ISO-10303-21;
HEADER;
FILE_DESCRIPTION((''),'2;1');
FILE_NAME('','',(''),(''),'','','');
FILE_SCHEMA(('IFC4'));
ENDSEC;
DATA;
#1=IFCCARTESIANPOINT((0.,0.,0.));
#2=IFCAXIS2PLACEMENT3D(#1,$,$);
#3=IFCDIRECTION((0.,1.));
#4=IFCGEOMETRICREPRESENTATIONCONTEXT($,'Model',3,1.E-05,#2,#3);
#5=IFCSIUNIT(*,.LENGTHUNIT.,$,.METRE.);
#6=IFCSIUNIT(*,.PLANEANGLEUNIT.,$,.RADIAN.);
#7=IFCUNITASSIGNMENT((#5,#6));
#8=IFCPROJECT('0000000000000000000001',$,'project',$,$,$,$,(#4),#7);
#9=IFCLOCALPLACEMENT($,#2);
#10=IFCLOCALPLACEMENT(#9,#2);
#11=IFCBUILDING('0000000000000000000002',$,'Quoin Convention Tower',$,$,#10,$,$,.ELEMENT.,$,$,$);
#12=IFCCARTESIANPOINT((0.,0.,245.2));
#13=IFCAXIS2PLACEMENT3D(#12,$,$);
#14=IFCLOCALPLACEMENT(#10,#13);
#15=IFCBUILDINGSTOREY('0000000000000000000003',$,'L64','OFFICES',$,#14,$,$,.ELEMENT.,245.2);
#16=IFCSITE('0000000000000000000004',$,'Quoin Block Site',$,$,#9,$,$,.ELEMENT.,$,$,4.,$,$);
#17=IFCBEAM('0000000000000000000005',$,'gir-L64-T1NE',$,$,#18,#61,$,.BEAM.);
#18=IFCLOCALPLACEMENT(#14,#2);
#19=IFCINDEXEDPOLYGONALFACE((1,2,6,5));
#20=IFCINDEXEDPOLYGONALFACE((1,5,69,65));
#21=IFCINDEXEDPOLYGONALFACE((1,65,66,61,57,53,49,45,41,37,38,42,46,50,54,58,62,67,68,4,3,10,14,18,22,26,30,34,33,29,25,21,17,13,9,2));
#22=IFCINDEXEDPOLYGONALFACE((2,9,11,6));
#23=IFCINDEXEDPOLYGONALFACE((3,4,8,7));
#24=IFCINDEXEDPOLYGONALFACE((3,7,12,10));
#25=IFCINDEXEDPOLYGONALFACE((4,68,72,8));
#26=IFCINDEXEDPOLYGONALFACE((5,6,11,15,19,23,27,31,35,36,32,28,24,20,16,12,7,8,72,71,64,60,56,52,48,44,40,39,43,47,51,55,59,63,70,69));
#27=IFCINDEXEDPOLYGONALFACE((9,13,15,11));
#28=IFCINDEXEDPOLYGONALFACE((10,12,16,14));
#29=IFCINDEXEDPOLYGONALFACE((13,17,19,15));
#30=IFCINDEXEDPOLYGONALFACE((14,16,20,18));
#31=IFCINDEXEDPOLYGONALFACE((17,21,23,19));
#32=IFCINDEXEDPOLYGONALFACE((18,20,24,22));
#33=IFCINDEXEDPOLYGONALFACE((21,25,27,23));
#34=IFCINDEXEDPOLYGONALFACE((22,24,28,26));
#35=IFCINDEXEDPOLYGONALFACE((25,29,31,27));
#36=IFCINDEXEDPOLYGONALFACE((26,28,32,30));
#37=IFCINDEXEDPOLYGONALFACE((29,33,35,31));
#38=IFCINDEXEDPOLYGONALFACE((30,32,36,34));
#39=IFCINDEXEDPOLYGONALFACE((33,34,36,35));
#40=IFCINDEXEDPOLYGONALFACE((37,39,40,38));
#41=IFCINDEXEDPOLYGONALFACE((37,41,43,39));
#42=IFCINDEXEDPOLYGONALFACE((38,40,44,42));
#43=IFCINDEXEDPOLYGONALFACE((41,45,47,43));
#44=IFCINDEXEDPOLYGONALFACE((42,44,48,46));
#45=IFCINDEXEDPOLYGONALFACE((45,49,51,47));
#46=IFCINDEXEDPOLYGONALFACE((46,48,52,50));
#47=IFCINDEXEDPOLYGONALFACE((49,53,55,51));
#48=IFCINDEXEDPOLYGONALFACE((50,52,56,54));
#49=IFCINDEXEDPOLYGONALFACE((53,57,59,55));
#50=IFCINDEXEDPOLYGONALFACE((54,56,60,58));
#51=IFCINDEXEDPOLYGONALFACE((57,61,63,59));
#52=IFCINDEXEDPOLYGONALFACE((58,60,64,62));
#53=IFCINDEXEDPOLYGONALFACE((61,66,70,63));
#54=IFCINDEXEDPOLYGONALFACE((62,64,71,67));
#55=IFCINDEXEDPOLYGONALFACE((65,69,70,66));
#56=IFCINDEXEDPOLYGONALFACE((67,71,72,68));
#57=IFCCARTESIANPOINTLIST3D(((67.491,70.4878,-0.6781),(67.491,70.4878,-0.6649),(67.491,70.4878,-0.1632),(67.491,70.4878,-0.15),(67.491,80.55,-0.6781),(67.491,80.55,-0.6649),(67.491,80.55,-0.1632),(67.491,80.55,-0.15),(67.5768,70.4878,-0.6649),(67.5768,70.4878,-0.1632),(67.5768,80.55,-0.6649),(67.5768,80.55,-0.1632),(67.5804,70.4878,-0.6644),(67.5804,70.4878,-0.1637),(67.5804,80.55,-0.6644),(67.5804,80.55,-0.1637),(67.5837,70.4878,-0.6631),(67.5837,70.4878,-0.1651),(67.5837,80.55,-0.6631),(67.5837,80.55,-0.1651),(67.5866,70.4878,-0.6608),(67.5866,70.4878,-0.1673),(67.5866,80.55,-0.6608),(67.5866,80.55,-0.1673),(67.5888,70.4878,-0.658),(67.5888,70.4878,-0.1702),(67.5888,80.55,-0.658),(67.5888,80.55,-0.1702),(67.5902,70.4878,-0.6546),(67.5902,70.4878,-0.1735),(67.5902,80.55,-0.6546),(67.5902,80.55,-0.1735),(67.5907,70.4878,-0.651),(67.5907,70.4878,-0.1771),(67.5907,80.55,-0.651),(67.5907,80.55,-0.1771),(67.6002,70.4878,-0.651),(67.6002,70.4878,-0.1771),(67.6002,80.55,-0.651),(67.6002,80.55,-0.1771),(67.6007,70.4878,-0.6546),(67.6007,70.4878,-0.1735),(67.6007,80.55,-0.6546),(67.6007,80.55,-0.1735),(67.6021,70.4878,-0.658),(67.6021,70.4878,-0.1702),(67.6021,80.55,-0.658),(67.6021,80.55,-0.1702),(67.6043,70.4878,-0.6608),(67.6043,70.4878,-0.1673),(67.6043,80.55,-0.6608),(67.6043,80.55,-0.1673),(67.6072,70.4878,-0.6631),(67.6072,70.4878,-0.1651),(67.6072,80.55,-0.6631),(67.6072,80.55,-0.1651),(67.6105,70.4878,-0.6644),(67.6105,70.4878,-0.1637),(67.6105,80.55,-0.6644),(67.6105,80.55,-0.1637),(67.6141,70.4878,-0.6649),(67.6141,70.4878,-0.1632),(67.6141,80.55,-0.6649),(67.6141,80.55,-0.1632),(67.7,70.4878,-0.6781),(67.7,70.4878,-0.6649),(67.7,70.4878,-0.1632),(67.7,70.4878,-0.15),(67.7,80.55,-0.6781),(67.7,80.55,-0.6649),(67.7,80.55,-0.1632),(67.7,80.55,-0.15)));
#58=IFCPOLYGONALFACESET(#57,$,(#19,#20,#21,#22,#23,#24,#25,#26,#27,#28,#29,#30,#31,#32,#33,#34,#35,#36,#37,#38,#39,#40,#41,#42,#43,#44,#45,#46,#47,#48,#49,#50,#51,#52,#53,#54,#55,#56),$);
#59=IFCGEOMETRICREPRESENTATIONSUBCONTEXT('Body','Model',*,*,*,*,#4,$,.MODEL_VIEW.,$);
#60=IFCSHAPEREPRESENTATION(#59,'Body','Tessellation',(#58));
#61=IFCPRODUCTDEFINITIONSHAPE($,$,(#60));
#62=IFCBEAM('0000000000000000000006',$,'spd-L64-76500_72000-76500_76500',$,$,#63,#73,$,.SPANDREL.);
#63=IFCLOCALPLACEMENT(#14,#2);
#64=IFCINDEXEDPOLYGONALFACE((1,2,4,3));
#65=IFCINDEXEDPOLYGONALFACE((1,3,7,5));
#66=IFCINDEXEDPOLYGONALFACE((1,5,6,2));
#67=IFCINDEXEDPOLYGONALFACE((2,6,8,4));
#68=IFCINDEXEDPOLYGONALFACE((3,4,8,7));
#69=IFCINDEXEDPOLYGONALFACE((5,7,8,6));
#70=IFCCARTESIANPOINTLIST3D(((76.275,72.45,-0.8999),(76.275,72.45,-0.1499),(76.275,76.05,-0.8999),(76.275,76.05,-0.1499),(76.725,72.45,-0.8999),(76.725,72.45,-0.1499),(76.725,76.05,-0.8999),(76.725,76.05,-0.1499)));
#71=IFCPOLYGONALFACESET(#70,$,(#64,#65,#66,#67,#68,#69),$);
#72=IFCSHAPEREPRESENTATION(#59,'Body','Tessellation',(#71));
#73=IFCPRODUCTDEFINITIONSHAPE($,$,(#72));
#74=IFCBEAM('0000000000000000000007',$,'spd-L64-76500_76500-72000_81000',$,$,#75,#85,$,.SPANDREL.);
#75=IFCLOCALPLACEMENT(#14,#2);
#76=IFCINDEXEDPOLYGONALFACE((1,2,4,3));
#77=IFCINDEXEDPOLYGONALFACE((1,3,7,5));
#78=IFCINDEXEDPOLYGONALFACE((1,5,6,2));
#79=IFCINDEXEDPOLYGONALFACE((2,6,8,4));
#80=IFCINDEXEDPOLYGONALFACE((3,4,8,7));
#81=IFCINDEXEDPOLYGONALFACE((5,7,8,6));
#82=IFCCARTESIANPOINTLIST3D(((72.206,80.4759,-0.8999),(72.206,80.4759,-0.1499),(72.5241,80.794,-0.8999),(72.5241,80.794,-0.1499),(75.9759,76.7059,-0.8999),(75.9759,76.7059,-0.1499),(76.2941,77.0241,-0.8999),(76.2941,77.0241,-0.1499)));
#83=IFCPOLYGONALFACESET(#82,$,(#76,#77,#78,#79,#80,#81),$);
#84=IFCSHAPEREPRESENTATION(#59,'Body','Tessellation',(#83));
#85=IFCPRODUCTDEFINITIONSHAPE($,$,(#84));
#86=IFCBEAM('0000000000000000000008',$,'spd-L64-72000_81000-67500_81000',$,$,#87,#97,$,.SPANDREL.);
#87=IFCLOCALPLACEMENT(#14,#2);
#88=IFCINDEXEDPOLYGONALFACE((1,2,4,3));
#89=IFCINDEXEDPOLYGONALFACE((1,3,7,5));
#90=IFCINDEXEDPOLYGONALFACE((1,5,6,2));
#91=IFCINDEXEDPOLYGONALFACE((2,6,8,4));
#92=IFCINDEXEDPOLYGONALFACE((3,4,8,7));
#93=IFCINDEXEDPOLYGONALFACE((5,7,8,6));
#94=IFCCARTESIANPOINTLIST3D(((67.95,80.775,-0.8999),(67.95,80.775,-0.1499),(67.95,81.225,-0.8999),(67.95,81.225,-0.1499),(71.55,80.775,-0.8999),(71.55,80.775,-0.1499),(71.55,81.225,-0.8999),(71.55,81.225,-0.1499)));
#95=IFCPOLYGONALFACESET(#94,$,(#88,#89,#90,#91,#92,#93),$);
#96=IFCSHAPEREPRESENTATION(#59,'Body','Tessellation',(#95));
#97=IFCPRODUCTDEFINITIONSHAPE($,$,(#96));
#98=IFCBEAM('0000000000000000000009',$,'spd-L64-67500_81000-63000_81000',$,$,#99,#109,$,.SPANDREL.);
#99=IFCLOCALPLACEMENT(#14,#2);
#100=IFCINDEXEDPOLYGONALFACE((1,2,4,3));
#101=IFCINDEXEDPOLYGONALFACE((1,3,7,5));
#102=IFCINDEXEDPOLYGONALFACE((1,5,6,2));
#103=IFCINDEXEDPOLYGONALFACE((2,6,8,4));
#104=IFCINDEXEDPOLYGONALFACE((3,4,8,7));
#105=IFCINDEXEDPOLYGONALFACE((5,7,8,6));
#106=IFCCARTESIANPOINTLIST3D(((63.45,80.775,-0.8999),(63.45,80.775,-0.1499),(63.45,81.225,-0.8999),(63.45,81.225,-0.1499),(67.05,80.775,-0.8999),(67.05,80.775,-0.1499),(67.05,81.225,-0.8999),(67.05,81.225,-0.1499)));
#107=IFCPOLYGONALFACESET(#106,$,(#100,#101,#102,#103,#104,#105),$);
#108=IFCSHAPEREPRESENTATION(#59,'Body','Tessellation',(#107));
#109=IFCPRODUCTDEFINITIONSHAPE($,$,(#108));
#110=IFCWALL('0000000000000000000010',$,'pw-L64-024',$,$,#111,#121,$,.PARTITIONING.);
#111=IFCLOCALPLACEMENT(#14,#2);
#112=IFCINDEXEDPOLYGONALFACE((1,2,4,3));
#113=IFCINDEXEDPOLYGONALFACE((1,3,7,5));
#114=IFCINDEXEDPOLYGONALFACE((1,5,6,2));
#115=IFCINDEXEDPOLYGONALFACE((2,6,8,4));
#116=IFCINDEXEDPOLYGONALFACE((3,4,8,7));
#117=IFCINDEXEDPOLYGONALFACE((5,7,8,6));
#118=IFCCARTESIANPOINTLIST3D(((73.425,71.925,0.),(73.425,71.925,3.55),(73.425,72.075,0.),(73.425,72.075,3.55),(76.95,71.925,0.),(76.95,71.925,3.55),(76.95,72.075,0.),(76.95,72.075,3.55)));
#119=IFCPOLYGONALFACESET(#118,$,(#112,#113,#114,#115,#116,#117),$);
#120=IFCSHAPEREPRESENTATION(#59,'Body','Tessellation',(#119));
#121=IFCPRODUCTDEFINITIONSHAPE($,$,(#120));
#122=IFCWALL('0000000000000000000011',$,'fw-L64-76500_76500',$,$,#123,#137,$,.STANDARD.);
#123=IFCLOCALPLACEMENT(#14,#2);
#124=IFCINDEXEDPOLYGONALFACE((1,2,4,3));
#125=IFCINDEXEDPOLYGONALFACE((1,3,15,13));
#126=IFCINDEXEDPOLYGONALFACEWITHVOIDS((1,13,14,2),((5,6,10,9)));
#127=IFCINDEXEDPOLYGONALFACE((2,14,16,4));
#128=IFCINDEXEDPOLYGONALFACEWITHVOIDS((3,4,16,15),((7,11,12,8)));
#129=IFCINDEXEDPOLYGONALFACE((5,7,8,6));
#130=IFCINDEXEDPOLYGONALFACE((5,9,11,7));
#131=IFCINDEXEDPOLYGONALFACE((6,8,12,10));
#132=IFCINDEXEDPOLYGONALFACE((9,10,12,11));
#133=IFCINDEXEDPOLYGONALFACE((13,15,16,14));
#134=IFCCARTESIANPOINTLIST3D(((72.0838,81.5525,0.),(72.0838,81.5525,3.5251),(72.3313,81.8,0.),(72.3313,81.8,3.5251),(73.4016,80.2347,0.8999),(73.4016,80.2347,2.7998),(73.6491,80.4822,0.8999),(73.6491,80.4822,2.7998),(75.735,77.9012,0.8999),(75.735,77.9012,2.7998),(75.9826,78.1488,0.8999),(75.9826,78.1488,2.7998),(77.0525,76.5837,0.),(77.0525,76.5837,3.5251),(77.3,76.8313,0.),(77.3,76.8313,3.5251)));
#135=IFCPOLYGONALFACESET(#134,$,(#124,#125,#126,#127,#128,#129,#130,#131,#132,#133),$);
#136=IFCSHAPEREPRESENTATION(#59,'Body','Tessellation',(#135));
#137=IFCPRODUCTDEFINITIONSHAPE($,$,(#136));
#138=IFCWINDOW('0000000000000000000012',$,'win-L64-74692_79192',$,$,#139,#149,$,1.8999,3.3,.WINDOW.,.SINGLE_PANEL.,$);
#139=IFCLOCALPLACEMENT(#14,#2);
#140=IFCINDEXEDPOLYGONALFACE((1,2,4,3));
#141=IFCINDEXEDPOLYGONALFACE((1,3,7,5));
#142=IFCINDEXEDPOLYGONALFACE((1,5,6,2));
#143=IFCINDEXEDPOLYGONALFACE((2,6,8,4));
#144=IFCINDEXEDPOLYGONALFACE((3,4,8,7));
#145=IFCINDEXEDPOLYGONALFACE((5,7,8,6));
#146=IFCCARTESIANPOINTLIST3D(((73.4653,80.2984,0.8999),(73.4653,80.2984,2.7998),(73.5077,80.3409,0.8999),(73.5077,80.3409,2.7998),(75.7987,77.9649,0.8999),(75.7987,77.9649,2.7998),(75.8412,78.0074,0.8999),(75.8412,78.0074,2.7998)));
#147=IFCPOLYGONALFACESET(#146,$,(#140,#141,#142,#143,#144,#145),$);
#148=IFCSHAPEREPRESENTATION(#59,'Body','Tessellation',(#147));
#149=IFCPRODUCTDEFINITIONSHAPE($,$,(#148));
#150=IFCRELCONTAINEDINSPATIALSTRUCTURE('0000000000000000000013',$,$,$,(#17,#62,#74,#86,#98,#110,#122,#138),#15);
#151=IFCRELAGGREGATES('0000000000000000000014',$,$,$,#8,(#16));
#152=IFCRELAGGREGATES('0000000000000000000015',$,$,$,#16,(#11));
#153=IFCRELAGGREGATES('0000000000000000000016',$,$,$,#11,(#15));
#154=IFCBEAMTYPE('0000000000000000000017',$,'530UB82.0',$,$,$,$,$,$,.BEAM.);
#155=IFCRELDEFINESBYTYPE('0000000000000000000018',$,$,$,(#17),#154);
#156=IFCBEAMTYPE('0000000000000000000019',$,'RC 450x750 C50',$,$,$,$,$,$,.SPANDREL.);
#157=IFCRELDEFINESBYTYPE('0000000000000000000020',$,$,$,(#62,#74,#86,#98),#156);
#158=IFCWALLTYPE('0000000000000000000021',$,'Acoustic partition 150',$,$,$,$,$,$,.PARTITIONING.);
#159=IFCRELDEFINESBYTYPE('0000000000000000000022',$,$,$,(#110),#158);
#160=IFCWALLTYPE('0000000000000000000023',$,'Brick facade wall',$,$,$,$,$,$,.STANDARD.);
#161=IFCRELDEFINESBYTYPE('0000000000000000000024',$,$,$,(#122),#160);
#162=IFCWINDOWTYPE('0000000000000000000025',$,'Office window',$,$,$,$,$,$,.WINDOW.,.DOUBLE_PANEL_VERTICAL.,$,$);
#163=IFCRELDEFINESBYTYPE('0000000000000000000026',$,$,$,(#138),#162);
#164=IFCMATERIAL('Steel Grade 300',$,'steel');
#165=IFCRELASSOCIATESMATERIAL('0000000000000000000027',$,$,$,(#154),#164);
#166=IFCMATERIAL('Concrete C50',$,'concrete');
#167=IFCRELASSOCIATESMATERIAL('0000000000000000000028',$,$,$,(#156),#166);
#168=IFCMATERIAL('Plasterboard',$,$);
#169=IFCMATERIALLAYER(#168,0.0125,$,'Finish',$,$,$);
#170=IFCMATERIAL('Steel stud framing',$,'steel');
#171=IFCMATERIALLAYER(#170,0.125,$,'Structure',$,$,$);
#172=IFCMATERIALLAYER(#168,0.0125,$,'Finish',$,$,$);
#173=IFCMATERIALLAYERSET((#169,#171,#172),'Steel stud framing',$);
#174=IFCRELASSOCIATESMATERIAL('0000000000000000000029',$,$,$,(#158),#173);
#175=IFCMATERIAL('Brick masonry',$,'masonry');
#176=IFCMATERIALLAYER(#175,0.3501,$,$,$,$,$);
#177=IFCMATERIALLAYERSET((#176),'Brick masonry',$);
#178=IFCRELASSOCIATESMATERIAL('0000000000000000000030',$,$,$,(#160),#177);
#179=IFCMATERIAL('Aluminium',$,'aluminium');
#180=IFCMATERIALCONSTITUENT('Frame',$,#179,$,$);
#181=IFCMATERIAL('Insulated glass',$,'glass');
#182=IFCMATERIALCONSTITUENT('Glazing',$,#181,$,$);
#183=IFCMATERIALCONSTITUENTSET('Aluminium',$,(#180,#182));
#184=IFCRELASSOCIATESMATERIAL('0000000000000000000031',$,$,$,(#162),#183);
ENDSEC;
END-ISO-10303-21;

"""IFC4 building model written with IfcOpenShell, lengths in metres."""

from ifc_helpers import new_model, si_unit, direction, frame, frame_2d, origin, origin_2d, place, context, subcontext, project, spatial, rectangle, i_section, extrude, material, layer, layer_set, constituent, constituent_set, material_profile, profile_set, type_object, element, fill, save


model = new_model("IFC4")

# Units and contexts
model_context = context("Model", 3, precision=1e-05, world=origin(), true_north=direction((0.0, 1.0)))
body_context = subcontext(model_context, "Body", "Model", "MODEL_VIEW")
ifc_project = project(units=[si_unit("LENGTHUNIT", "METRE"), si_unit("PLANEANGLEUNIT", "RADIAN")], contexts=[model_context])

# Site, building, storey
site_placement = place(None, origin())
site = spatial("IfcSite", under=ifc_project, at=site_placement, Name="Quoin Block Site", CompositionType="ELEMENT", RefElevation=4.0)
building_placement = place(site_placement, origin())
building = spatial("IfcBuilding", under=site, at=building_placement, Name="Quoin Convention Tower", CompositionType="ELEMENT")
storey_placement = place(building_placement, frame((0.0, 0.0, 245.2)))
storey = spatial("IfcBuildingStorey", under=building, at=storey_placement, Name="L64", Description="OFFICES", CompositionType="ELEMENT", Elevation=245.2)

# Shared definitions
ifc_material_1 = material(Name="Concrete C50", Category="concrete")

# Beams
ifc_material_2 = material(Name="Steel Grade 300", Category="steel")
ifc_material_profile_1 = material_profile(ifc_material_2, i_section(OverallWidth=0.209, OverallDepth=0.5281, WebThickness=0.0095, FlangeThickness=0.0132, FilletRadius=0.0139, at=origin_2d()), Name="530UB82.0")
ifc_profile_set_1 = profile_set([ifc_material_profile_1], Name="Steel Grade 300")
beam_type_1 = type_object("IfcBeamType", Name="530UB82.0", PredefinedType="BEAM", material=ifc_profile_set_1)
beam_1_placement = place(storey_placement, frame((67.5955, 80.55, -0.4141), z_axis=(0.0, -1.0, 0.0), x_axis=(1.0, 0.0, 0.0)))
element("IfcBeam", 1, at=beam_1_placement, inside=storey, type_object=beam_type_1, Name="gir-L64-T1NE", PredefinedType="BEAM", context=body_context, shape_type="SweptSolid", body=[
    extrude(i_section(OverallWidth=0.209, OverallDepth=0.5281, WebThickness=0.0095, FlangeThickness=0.0132, FilletRadius=0.0139, at=origin_2d()), origin(), (0.0, 0.0, 1.0), 10.0623),
])
ifc_material_profile_2 = material_profile(ifc_material_1, rectangle(XDim=0.45, YDim=0.75, at=origin_2d()), Name="RC 450x750")
ifc_profile_set_2 = profile_set([ifc_material_profile_2], Name="Concrete C50")
beam_type_2 = type_object("IfcBeamType", Name="RC 450x750 C50", PredefinedType="SPANDREL", material=ifc_profile_set_2)
beam_2_placement = place(storey_placement, frame((76.5, 72.45, -0.5249), z_axis=(0.0, 1.0, 0.0), x_axis=(-1.0, 0.0, 0.0)))
element("IfcBeam", 2, at=beam_2_placement, inside=storey, type_object=beam_type_2, Name="spd-L64-76500_72000-76500_76500", PredefinedType="SPANDREL", context=body_context, shape_type="SweptSolid", body=[
    extrude(rectangle(XDim=0.45, YDim=0.75, at=origin_2d()), origin(), (0.0, 0.0, 1.0), 3.6001),
])
beam_3_placement = place(storey_placement, frame((76.135, 76.865, -0.5249), z_axis=(-0.707107, 0.707107, 0.0), x_axis=(-0.707107, -0.707107, 0.0)))
element("IfcBeam", 3, at=beam_3_placement, inside=storey, type_object=beam_type_2, Name="spd-L64-76500_76500-72000_81000", PredefinedType="SPANDREL", context=body_context, shape_type="SweptSolid", body=[
    extrude(rectangle(XDim=0.45, YDim=0.75, at=origin_2d()), origin(), (0.0, 0.0, 1.0), 5.3315),
])
for number, where, z_axis, x_axis, name in (
    (4, (71.55, 81.0, -0.5249), (-1.0, 0.0, 0.0), (0.0, -1.0, 0.0), "spd-L64-72000_81000-67500_81000"),
    (5, (67.05, 81.0, -0.5249), (-1.0, 0.0, 0.0), (0.0, -1.0, 0.0), "spd-L64-67500_81000-63000_81000"),
):
    element("IfcBeam", number, at=place(storey_placement, frame(where, z_axis=z_axis, x_axis=x_axis)), inside=storey, type_object=beam_type_2, Name=name, PredefinedType="SPANDREL", context=body_context, shape_type="SweptSolid", body=[
        extrude(rectangle(XDim=0.45, YDim=0.75, at=origin_2d()), origin(), (0.0, 0.0, 1.0), 3.6001),
    ])

# Wall
ifc_material_3 = material(Name="Plasterboard")
ifc_layer_1 = layer(ifc_material_3, 0.0125, Name="Finish")
ifc_material_4 = material(Name="Steel stud framing", Category="steel")
ifc_layer_2 = layer(ifc_material_4, 0.125, Name="Structure")
ifc_layer_3 = layer(ifc_material_3, 0.0125, Name="Finish")
ifc_layer_set_1 = layer_set([ifc_layer_1, ifc_layer_2, ifc_layer_3], Name="Steel stud framing")
wall_type_1 = type_object("IfcWallType", Name="Acoustic partition 150", PredefinedType="PARTITIONING", material=ifc_layer_set_1)
wall_1_placement = place(storey_placement, frame((73.425, 72.0, 0.0), z_axis=(0.0, 0.0, 1.0), x_axis=(1.0, 0.0, 0.0)))
element("IfcWall", 6, at=wall_1_placement, inside=storey, type_object=wall_type_1, Name="pw-L64-024", PredefinedType="PARTITIONING", context=body_context, shape_type="SweptSolid", body=[
    extrude(rectangle(XDim=3.5249, YDim=0.1499, at=frame_2d((1.7625, 0.0))), origin(), (0.0, 0.0, 1.0), 3.55),
])

# Wall, opening, window
ifc_material_5 = material(Name="Brick masonry", Category="masonry")
ifc_layer_4 = layer(ifc_material_5, 0.3501)
ifc_layer_set_2 = layer_set([ifc_layer_4], Name="Brick masonry")
wall_type_2 = type_object("IfcWallType", Name="Brick facade wall", PredefinedType="STANDARD", material=ifc_layer_set_2)
wall_2_placement = place(storey_placement, frame((77.1763, 76.7075, 0.0), z_axis=(0.0, 0.0, 1.0), x_axis=(-0.707107, 0.707107, 0.0)))
wall_2 = element("IfcWall", 7, at=wall_2_placement, inside=storey, type_object=wall_type_2, Name="fw-L64-76500_76500", PredefinedType="STANDARD", context=body_context, shape_type="SweptSolid", body=[
    extrude(rectangle(XDim=7.0269, YDim=0.3501, at=frame_2d((3.5134, 0.0))), origin(), (0.0, 0.0, 1.0), 3.5251),
])
opening_1_placement = place(wall_2_placement, frame((1.8633, 0.0, 0.8999)))
opening_1 = element("IfcOpeningElement", 8, at=opening_1_placement, cuts=wall_2, PredefinedType="OPENING", context=body_context, shape_type="SweptSolid", body=[
    extrude(rectangle(XDim=3.3, YDim=1.8999, at=frame_2d((1.6499, 0.95))), frame((0.0, 0.1851, 0.0), z_axis=(0.0, -1.0, 0.0), x_axis=(1.0, 0.0, 0.0)), (0.0, 0.0, 1.0), 0.3701),
])
ifc_material_6 = material(Name="Aluminium", Category="aluminium")
ifc_constituent_1 = constituent(ifc_material_6, Name="Frame")
ifc_material_7 = material(Name="Insulated glass", Category="glass")
ifc_constituent_2 = constituent(ifc_material_7, Name="Glazing")
ifc_constituent_set = constituent_set(constituents=[ifc_constituent_1, ifc_constituent_2], Name="Aluminium")
window_type = type_object("IfcWindowType", Name="Office window", PartitioningType="DOUBLE_PANEL_VERTICAL", PredefinedType="WINDOW", material=ifc_constituent_set)
window_1_placement = place(opening_1_placement, origin())
window_1 = element("IfcWindow", 9, at=window_1_placement, inside=storey, type_object=window_type, Name="win-L64-74692_79192", OverallHeight=1.8999, OverallWidth=3.3, PartitioningType="SINGLE_PANEL", PredefinedType="WINDOW", context=body_context, shape_type="SweptSolid", body=[
    extrude(rectangle(XDim=3.3, YDim=1.8999, at=frame_2d((1.6499, 0.95))), frame((0.0, 0.085, 0.0), z_axis=(0.0, -1.0, 0.0), x_axis=(1.0, 0.0, 0.0)), (0.0, 0.0, 1.0), 0.0601),
])
fill(opening_1, window_1)

save(model, "model.ifc")
